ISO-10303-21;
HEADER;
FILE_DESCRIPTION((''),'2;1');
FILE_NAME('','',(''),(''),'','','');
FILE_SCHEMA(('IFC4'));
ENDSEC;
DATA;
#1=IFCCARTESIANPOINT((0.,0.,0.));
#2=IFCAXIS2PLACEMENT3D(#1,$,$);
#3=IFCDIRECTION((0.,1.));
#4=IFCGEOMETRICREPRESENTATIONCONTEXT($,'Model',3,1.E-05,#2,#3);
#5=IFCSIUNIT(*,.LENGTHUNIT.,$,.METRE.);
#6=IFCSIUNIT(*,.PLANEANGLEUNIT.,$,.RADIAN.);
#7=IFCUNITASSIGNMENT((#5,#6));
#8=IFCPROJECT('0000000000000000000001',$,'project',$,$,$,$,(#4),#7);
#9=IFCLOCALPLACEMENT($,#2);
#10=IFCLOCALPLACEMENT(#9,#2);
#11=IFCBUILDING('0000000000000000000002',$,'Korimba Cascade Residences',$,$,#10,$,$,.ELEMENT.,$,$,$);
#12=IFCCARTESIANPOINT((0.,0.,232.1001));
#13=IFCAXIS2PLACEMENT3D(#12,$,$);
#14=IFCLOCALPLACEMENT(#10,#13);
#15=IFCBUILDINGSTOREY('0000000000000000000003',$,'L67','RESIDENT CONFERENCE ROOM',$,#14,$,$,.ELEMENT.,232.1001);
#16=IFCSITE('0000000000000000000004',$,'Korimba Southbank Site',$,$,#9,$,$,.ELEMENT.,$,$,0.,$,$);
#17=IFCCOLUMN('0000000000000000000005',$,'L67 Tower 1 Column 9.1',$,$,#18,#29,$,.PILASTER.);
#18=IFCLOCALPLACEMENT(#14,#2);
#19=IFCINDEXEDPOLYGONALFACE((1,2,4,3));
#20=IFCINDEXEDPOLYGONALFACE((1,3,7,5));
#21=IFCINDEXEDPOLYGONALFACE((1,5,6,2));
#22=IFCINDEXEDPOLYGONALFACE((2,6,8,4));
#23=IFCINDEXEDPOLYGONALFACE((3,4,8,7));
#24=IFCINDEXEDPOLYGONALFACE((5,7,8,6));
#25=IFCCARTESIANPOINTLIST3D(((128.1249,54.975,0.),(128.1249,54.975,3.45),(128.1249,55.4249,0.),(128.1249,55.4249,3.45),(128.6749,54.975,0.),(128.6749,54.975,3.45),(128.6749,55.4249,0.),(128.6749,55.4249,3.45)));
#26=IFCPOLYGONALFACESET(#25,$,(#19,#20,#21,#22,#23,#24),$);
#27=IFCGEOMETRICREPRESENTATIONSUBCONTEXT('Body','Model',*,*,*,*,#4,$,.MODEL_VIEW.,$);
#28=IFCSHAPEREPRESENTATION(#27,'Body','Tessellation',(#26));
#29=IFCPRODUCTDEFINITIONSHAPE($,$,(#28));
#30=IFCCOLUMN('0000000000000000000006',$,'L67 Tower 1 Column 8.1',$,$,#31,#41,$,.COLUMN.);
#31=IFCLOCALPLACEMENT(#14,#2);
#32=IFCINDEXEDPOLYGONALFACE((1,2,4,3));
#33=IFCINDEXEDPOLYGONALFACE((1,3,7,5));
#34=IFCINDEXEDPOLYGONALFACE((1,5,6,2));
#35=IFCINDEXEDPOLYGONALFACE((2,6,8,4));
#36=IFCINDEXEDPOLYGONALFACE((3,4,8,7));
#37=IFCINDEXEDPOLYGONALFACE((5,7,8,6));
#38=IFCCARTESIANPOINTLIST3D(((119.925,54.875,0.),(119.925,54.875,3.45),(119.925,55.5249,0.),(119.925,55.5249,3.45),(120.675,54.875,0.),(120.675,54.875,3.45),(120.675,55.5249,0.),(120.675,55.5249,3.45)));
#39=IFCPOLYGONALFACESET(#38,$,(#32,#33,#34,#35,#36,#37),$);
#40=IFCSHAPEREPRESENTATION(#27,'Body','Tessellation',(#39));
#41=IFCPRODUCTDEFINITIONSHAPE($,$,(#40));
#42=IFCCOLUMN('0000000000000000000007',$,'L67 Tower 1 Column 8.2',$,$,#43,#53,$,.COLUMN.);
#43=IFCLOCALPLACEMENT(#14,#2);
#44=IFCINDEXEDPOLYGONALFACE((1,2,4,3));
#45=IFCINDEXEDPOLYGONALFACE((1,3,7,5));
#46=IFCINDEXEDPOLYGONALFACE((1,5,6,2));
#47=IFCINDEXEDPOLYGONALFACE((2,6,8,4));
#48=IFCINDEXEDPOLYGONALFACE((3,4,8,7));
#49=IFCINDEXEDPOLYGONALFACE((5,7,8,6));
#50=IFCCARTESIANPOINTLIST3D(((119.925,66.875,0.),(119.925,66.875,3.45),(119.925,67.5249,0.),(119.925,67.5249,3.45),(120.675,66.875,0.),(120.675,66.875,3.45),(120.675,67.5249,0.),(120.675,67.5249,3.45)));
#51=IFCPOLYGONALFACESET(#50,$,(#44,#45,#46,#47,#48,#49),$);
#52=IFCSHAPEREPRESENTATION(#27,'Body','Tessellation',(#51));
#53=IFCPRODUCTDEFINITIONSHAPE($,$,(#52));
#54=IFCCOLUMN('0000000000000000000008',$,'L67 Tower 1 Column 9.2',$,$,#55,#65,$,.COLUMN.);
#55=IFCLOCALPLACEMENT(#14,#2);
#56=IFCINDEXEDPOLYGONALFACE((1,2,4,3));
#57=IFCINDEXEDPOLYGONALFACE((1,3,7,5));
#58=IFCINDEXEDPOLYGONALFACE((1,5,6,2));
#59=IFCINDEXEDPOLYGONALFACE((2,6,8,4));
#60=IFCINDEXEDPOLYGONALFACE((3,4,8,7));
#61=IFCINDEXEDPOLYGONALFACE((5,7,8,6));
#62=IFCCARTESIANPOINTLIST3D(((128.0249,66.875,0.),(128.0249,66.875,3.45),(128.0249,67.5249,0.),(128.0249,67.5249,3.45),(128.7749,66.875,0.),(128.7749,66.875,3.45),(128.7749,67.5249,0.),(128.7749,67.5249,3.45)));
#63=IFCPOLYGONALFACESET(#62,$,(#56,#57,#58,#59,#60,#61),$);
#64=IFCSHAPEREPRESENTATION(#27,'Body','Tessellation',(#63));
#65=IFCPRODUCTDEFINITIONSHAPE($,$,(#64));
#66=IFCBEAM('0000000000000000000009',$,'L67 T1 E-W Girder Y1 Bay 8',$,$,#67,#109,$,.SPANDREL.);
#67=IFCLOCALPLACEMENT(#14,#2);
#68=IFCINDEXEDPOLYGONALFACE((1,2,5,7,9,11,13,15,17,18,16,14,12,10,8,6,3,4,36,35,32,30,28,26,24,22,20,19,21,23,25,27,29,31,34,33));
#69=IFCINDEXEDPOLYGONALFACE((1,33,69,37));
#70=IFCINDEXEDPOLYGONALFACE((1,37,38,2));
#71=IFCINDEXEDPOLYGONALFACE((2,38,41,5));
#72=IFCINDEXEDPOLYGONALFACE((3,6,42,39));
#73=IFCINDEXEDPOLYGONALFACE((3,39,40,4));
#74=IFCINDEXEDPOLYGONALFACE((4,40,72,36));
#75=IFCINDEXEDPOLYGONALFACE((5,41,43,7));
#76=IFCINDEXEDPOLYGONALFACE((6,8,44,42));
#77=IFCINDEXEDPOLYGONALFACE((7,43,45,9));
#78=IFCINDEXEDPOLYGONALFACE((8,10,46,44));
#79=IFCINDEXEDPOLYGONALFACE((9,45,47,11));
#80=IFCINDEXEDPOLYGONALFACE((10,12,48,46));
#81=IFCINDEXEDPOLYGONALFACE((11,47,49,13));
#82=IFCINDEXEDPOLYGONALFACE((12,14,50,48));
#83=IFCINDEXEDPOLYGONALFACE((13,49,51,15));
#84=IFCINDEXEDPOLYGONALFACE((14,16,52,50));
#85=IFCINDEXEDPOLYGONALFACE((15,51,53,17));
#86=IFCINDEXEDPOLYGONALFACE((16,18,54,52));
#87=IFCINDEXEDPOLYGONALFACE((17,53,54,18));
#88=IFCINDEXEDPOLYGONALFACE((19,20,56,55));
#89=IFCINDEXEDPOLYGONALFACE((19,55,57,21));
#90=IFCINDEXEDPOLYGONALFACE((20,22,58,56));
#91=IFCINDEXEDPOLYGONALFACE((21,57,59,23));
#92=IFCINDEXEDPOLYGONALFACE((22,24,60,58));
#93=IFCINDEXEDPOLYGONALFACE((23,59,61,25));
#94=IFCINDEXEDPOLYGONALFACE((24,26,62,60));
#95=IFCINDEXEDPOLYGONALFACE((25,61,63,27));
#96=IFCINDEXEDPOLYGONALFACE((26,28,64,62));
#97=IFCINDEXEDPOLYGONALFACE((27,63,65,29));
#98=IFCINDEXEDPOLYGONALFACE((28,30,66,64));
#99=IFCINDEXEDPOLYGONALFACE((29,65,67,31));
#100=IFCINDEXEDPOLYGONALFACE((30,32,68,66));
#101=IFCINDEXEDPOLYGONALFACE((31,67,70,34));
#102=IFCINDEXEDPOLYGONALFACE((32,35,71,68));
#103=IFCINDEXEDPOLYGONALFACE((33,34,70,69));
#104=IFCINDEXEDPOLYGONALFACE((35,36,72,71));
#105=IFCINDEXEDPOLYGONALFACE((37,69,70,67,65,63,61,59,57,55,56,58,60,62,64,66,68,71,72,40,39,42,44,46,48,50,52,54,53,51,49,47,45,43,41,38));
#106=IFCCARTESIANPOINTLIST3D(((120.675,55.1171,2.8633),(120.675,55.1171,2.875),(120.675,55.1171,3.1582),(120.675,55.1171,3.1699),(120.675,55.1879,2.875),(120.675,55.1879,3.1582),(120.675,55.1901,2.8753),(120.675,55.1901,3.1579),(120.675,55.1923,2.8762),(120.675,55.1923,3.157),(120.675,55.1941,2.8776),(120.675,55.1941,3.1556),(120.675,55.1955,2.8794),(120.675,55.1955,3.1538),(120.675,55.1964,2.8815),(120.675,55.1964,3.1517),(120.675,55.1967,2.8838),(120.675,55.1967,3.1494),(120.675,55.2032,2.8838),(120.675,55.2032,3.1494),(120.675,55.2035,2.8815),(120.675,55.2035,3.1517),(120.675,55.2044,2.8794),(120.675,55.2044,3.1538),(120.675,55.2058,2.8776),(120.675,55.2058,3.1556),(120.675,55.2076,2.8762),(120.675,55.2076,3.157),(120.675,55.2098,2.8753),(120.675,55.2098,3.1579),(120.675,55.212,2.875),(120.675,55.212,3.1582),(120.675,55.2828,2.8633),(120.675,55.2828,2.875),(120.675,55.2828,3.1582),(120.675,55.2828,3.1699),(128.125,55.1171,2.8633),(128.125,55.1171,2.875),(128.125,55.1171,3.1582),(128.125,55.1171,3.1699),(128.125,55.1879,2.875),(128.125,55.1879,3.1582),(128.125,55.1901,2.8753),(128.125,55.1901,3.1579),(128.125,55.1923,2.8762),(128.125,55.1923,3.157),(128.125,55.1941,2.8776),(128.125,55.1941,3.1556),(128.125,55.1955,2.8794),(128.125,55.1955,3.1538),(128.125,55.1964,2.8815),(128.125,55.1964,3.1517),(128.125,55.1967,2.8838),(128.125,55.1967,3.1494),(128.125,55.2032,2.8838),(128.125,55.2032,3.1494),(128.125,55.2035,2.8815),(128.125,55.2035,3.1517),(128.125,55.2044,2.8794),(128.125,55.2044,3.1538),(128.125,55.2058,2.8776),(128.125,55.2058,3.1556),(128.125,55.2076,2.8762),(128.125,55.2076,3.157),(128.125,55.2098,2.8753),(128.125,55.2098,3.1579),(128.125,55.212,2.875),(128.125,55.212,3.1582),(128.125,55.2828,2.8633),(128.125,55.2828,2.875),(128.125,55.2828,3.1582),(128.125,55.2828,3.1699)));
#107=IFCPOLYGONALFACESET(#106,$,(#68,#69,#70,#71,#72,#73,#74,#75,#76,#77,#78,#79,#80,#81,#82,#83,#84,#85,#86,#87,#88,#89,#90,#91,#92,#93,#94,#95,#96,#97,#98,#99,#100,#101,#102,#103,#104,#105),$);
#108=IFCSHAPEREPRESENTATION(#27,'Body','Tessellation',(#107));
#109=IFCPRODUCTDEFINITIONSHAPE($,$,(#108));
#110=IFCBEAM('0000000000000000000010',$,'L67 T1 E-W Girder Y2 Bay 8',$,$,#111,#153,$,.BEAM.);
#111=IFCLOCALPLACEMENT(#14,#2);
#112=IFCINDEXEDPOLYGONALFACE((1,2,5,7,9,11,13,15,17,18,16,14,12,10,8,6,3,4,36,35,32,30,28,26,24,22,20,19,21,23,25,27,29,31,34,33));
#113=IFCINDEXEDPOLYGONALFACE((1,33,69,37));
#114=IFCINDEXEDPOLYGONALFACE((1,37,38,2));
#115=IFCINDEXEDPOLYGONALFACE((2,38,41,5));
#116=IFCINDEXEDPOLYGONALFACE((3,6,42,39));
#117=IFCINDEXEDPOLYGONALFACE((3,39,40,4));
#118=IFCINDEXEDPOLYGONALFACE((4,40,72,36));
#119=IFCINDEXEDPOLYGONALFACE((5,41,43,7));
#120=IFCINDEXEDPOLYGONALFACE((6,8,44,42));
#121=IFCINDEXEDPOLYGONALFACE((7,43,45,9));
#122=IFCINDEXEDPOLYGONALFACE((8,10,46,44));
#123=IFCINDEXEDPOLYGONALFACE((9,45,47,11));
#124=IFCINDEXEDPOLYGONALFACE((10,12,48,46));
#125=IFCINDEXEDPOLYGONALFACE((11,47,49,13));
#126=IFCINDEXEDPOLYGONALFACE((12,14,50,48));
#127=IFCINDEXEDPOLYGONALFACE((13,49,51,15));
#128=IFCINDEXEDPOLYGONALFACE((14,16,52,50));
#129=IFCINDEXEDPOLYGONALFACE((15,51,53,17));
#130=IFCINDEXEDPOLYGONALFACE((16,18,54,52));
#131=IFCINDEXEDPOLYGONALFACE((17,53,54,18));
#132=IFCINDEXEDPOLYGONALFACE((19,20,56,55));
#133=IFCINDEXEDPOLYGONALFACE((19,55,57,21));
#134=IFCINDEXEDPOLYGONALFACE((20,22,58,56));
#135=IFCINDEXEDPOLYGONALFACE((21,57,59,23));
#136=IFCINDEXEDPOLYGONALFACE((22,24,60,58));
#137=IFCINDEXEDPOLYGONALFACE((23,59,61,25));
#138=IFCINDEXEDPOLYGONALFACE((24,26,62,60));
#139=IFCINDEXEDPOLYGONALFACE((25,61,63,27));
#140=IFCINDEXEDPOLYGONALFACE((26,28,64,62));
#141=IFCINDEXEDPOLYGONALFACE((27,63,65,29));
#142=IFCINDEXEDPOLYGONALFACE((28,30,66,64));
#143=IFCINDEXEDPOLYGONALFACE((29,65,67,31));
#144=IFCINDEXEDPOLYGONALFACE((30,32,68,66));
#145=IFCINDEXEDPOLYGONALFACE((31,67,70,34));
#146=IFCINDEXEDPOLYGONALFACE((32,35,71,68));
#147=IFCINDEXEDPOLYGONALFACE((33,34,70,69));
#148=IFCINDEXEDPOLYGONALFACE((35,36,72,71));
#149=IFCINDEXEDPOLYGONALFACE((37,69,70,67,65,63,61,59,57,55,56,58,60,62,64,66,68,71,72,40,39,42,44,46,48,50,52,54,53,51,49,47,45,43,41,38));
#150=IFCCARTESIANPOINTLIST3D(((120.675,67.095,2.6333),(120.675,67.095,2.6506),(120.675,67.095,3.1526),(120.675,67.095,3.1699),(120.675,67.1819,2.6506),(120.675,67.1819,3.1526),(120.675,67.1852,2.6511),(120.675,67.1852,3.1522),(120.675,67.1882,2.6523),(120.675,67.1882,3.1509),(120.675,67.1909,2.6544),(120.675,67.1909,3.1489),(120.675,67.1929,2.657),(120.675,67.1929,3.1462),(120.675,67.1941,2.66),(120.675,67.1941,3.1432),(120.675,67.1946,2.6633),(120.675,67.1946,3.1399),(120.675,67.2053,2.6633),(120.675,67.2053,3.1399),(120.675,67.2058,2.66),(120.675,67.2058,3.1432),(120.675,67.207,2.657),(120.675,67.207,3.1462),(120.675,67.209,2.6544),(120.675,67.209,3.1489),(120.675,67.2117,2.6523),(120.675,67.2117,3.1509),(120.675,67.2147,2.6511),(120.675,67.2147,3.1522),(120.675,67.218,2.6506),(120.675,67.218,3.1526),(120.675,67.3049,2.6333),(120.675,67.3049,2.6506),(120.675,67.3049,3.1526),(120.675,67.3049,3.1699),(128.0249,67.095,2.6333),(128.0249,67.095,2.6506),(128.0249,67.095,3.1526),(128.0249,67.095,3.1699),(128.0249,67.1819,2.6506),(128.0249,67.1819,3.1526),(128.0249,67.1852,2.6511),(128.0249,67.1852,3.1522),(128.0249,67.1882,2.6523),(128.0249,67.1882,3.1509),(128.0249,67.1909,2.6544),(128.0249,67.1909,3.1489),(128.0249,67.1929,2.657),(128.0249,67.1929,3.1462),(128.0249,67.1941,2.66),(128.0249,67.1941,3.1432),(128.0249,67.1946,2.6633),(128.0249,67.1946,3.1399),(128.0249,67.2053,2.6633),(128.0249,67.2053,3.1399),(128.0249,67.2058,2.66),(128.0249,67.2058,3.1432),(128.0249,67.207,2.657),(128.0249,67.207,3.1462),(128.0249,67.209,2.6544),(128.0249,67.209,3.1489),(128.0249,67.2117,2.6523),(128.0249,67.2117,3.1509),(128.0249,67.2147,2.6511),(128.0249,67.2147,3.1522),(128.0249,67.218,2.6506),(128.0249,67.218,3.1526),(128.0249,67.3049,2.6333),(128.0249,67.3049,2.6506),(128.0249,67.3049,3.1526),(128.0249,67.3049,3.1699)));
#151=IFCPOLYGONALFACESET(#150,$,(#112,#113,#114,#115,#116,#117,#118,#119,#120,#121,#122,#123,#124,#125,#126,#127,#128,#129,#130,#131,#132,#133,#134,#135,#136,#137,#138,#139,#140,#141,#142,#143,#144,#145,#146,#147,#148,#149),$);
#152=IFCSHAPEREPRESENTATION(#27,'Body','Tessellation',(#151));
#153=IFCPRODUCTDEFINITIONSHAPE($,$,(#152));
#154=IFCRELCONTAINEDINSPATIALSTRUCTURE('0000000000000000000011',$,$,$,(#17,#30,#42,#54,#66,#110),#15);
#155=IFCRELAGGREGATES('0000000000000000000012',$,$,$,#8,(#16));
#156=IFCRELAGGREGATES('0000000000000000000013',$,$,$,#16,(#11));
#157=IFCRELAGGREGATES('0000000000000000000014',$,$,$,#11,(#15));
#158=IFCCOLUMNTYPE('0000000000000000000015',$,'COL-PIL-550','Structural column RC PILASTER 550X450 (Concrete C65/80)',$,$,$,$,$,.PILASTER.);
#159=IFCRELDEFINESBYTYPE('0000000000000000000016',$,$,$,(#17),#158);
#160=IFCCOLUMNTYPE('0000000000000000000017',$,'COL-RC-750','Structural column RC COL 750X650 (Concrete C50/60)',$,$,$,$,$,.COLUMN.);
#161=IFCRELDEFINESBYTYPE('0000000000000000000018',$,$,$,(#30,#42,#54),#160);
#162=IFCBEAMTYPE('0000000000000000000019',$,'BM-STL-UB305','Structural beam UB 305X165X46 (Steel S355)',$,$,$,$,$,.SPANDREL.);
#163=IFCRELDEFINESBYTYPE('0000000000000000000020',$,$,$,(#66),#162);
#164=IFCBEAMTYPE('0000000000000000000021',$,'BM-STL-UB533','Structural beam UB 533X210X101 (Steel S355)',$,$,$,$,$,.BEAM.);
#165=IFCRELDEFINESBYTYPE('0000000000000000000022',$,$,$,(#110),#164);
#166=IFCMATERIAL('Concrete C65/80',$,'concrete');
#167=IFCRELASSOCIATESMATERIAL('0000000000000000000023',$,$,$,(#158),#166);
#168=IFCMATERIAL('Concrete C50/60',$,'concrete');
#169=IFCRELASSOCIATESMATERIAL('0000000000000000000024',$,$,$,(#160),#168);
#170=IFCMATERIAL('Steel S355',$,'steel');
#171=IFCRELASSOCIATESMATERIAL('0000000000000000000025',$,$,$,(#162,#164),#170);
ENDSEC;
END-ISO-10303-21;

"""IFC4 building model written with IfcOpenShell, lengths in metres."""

from ifc_helpers import new_model, si_unit, direction, frame, origin, origin_2d, place, context, subcontext, project, spatial, rectangle, i_section, extrude, material, material_profile, profile_set, type_object, element, save


model = new_model("IFC4")

# Units and contexts
model_context = context("Model", 3, precision=1e-05, world=origin(), true_north=direction((0.0, 1.0)))
body_context = subcontext(model_context, "Body", "Model", "MODEL_VIEW")
ifc_project = project(units=[si_unit("LENGTHUNIT", "METRE"), si_unit("PLANEANGLEUNIT", "RADIAN")], contexts=[model_context])

# Site, building, storey
site_placement = place(None, origin())
site = spatial("IfcSite", under=ifc_project, at=site_placement, Name="Korimba Southbank Site", CompositionType="ELEMENT", RefElevation=0.0)
building_placement = place(site_placement, origin())
building = spatial("IfcBuilding", under=site, at=building_placement, Name="Korimba Cascade Residences", CompositionType="ELEMENT")
storey_placement = place(building_placement, frame((0.0, 0.0, 232.1001)))
storey = spatial("IfcBuildingStorey", under=building, at=storey_placement, Name="L67", Description="RESIDENT CONFERENCE ROOM", CompositionType="ELEMENT", Elevation=232.1001)

# Columns
ifc_material_1 = material(Name="Concrete C65/80", Category="concrete")
ifc_material_profile_1 = material_profile(ifc_material_1, rectangle(XDim=0.55, YDim=0.45, at=origin_2d()), Name="Concrete C65/80")
ifc_profile_set_1 = profile_set([ifc_material_profile_1], Name="Concrete C65/80")
column_type_1 = type_object("IfcColumnType", Name="COL-PIL-550", Description="Structural column RC PILASTER 550X450 (Concrete C65/80)", PredefinedType="PILASTER", material=ifc_profile_set_1)
column_placement = place(storey_placement, frame((128.3999, 55.2, 0.0), z_axis=(0.0, 0.0, 1.0), x_axis=(1.0, 0.0, 0.0)))
element("IfcColumn", 1, at=column_placement, inside=storey, type_object=column_type_1, Name="L67 Tower 1 Column 9.1", PredefinedType="PILASTER", context=body_context, shape_type="SweptSolid", body=[
    extrude(rectangle(XDim=0.55, YDim=0.45, at=origin_2d()), origin(), (0.0, 0.0, 1.0), 3.45),
])
ifc_material_2 = material(Name="Concrete C50/60", Category="concrete")
ifc_material_profile_2 = material_profile(ifc_material_2, rectangle(XDim=0.75, YDim=0.6499, at=origin_2d()), Name="Concrete C50/60")
ifc_profile_set_2 = profile_set([ifc_material_profile_2], Name="Concrete C50/60")
column_type_2 = type_object("IfcColumnType", Name="COL-RC-750", Description="Structural column RC COL 750X650 (Concrete C50/60)", PredefinedType="COLUMN", material=ifc_profile_set_2)
for number, where, z_axis, x_axis, name in (
    (2, (120.3, 55.2, 0.0), (0.0, 0.0, 1.0), (1.0, 0.0, 0.0), "L67 Tower 1 Column 8.1"),
    (3, (120.3, 67.2, 0.0), (0.0, 0.0, 1.0), (1.0, 0.0, 0.0), "L67 Tower 1 Column 8.2"),
    (4, (128.3999, 67.2, 0.0), (0.0, 0.0, 1.0), (1.0, 0.0, 0.0), "L67 Tower 1 Column 9.2"),
):
    element("IfcColumn", number, at=place(storey_placement, frame(where, z_axis=z_axis, x_axis=x_axis)), inside=storey, type_object=column_type_2, Name=name, PredefinedType="COLUMN", context=body_context, shape_type="SweptSolid", body=[
        extrude(rectangle(XDim=0.75, YDim=0.6499, at=origin_2d()), origin(), (0.0, 0.0, 1.0), 3.45),
    ])

# Beams
ifc_material_3 = material(Name="Steel S355", Category="steel")
ifc_material_profile_3 = material_profile(ifc_material_3, i_section(OverallWidth=0.1658, OverallDepth=0.3066, WebThickness=0.0066, FlangeThickness=0.0117, FilletRadius=0.0088, at=origin_2d()), Name="Steel S355")
ifc_profile_set_3 = profile_set([ifc_material_profile_3], Name="Steel S355")
beam_type_1 = type_object("IfcBeamType", Name="BM-STL-UB305", Description="Structural beam UB 305X165X46 (Steel S355)", PredefinedType="SPANDREL", material=ifc_profile_set_3)
beam_1_placement = place(storey_placement, frame((120.675, 55.2, 3.0166), z_axis=(1.0, 0.0, 0.0), x_axis=(0.0, 1.0, 0.0)))
element("IfcBeam", 5, at=beam_1_placement, inside=storey, type_object=beam_type_1, Name="L67 T1 E-W Girder Y1 Bay 8", PredefinedType="SPANDREL", context=body_context, shape_type="SweptSolid", body=[
    extrude(i_section(OverallWidth=0.1658, OverallDepth=0.3066, WebThickness=0.0066, FlangeThickness=0.0117, FilletRadius=0.0088, at=origin_2d()), origin(), (0.0, 0.0, 1.0), 7.45),
])
ifc_material_profile_4 = material_profile(ifc_material_3, i_section(OverallWidth=0.21, OverallDepth=0.5366, WebThickness=0.0107, FlangeThickness=0.0173, FilletRadius=0.0127, at=origin_2d()), Name="Steel S355")
ifc_profile_set_4 = profile_set([ifc_material_profile_4], Name="Steel S355")
beam_type_2 = type_object("IfcBeamType", Name="BM-STL-UB533", Description="Structural beam UB 533X210X101 (Steel S355)", PredefinedType="BEAM", material=ifc_profile_set_4)
beam_2_placement = place(storey_placement, frame((120.675, 67.2, 2.9016), z_axis=(1.0, 0.0, 0.0), x_axis=(0.0, 1.0, 0.0)))
element("IfcBeam", 6, at=beam_2_placement, inside=storey, type_object=beam_type_2, Name="L67 T1 E-W Girder Y2 Bay 8", PredefinedType="BEAM", context=body_context, shape_type="SweptSolid", body=[
    extrude(i_section(OverallWidth=0.21, OverallDepth=0.5366, WebThickness=0.0107, FlangeThickness=0.0173, FilletRadius=0.0127, at=origin_2d()), origin(), (0.0, 0.0, 1.0), 7.3499),
])

save(model, "model.ifc")
